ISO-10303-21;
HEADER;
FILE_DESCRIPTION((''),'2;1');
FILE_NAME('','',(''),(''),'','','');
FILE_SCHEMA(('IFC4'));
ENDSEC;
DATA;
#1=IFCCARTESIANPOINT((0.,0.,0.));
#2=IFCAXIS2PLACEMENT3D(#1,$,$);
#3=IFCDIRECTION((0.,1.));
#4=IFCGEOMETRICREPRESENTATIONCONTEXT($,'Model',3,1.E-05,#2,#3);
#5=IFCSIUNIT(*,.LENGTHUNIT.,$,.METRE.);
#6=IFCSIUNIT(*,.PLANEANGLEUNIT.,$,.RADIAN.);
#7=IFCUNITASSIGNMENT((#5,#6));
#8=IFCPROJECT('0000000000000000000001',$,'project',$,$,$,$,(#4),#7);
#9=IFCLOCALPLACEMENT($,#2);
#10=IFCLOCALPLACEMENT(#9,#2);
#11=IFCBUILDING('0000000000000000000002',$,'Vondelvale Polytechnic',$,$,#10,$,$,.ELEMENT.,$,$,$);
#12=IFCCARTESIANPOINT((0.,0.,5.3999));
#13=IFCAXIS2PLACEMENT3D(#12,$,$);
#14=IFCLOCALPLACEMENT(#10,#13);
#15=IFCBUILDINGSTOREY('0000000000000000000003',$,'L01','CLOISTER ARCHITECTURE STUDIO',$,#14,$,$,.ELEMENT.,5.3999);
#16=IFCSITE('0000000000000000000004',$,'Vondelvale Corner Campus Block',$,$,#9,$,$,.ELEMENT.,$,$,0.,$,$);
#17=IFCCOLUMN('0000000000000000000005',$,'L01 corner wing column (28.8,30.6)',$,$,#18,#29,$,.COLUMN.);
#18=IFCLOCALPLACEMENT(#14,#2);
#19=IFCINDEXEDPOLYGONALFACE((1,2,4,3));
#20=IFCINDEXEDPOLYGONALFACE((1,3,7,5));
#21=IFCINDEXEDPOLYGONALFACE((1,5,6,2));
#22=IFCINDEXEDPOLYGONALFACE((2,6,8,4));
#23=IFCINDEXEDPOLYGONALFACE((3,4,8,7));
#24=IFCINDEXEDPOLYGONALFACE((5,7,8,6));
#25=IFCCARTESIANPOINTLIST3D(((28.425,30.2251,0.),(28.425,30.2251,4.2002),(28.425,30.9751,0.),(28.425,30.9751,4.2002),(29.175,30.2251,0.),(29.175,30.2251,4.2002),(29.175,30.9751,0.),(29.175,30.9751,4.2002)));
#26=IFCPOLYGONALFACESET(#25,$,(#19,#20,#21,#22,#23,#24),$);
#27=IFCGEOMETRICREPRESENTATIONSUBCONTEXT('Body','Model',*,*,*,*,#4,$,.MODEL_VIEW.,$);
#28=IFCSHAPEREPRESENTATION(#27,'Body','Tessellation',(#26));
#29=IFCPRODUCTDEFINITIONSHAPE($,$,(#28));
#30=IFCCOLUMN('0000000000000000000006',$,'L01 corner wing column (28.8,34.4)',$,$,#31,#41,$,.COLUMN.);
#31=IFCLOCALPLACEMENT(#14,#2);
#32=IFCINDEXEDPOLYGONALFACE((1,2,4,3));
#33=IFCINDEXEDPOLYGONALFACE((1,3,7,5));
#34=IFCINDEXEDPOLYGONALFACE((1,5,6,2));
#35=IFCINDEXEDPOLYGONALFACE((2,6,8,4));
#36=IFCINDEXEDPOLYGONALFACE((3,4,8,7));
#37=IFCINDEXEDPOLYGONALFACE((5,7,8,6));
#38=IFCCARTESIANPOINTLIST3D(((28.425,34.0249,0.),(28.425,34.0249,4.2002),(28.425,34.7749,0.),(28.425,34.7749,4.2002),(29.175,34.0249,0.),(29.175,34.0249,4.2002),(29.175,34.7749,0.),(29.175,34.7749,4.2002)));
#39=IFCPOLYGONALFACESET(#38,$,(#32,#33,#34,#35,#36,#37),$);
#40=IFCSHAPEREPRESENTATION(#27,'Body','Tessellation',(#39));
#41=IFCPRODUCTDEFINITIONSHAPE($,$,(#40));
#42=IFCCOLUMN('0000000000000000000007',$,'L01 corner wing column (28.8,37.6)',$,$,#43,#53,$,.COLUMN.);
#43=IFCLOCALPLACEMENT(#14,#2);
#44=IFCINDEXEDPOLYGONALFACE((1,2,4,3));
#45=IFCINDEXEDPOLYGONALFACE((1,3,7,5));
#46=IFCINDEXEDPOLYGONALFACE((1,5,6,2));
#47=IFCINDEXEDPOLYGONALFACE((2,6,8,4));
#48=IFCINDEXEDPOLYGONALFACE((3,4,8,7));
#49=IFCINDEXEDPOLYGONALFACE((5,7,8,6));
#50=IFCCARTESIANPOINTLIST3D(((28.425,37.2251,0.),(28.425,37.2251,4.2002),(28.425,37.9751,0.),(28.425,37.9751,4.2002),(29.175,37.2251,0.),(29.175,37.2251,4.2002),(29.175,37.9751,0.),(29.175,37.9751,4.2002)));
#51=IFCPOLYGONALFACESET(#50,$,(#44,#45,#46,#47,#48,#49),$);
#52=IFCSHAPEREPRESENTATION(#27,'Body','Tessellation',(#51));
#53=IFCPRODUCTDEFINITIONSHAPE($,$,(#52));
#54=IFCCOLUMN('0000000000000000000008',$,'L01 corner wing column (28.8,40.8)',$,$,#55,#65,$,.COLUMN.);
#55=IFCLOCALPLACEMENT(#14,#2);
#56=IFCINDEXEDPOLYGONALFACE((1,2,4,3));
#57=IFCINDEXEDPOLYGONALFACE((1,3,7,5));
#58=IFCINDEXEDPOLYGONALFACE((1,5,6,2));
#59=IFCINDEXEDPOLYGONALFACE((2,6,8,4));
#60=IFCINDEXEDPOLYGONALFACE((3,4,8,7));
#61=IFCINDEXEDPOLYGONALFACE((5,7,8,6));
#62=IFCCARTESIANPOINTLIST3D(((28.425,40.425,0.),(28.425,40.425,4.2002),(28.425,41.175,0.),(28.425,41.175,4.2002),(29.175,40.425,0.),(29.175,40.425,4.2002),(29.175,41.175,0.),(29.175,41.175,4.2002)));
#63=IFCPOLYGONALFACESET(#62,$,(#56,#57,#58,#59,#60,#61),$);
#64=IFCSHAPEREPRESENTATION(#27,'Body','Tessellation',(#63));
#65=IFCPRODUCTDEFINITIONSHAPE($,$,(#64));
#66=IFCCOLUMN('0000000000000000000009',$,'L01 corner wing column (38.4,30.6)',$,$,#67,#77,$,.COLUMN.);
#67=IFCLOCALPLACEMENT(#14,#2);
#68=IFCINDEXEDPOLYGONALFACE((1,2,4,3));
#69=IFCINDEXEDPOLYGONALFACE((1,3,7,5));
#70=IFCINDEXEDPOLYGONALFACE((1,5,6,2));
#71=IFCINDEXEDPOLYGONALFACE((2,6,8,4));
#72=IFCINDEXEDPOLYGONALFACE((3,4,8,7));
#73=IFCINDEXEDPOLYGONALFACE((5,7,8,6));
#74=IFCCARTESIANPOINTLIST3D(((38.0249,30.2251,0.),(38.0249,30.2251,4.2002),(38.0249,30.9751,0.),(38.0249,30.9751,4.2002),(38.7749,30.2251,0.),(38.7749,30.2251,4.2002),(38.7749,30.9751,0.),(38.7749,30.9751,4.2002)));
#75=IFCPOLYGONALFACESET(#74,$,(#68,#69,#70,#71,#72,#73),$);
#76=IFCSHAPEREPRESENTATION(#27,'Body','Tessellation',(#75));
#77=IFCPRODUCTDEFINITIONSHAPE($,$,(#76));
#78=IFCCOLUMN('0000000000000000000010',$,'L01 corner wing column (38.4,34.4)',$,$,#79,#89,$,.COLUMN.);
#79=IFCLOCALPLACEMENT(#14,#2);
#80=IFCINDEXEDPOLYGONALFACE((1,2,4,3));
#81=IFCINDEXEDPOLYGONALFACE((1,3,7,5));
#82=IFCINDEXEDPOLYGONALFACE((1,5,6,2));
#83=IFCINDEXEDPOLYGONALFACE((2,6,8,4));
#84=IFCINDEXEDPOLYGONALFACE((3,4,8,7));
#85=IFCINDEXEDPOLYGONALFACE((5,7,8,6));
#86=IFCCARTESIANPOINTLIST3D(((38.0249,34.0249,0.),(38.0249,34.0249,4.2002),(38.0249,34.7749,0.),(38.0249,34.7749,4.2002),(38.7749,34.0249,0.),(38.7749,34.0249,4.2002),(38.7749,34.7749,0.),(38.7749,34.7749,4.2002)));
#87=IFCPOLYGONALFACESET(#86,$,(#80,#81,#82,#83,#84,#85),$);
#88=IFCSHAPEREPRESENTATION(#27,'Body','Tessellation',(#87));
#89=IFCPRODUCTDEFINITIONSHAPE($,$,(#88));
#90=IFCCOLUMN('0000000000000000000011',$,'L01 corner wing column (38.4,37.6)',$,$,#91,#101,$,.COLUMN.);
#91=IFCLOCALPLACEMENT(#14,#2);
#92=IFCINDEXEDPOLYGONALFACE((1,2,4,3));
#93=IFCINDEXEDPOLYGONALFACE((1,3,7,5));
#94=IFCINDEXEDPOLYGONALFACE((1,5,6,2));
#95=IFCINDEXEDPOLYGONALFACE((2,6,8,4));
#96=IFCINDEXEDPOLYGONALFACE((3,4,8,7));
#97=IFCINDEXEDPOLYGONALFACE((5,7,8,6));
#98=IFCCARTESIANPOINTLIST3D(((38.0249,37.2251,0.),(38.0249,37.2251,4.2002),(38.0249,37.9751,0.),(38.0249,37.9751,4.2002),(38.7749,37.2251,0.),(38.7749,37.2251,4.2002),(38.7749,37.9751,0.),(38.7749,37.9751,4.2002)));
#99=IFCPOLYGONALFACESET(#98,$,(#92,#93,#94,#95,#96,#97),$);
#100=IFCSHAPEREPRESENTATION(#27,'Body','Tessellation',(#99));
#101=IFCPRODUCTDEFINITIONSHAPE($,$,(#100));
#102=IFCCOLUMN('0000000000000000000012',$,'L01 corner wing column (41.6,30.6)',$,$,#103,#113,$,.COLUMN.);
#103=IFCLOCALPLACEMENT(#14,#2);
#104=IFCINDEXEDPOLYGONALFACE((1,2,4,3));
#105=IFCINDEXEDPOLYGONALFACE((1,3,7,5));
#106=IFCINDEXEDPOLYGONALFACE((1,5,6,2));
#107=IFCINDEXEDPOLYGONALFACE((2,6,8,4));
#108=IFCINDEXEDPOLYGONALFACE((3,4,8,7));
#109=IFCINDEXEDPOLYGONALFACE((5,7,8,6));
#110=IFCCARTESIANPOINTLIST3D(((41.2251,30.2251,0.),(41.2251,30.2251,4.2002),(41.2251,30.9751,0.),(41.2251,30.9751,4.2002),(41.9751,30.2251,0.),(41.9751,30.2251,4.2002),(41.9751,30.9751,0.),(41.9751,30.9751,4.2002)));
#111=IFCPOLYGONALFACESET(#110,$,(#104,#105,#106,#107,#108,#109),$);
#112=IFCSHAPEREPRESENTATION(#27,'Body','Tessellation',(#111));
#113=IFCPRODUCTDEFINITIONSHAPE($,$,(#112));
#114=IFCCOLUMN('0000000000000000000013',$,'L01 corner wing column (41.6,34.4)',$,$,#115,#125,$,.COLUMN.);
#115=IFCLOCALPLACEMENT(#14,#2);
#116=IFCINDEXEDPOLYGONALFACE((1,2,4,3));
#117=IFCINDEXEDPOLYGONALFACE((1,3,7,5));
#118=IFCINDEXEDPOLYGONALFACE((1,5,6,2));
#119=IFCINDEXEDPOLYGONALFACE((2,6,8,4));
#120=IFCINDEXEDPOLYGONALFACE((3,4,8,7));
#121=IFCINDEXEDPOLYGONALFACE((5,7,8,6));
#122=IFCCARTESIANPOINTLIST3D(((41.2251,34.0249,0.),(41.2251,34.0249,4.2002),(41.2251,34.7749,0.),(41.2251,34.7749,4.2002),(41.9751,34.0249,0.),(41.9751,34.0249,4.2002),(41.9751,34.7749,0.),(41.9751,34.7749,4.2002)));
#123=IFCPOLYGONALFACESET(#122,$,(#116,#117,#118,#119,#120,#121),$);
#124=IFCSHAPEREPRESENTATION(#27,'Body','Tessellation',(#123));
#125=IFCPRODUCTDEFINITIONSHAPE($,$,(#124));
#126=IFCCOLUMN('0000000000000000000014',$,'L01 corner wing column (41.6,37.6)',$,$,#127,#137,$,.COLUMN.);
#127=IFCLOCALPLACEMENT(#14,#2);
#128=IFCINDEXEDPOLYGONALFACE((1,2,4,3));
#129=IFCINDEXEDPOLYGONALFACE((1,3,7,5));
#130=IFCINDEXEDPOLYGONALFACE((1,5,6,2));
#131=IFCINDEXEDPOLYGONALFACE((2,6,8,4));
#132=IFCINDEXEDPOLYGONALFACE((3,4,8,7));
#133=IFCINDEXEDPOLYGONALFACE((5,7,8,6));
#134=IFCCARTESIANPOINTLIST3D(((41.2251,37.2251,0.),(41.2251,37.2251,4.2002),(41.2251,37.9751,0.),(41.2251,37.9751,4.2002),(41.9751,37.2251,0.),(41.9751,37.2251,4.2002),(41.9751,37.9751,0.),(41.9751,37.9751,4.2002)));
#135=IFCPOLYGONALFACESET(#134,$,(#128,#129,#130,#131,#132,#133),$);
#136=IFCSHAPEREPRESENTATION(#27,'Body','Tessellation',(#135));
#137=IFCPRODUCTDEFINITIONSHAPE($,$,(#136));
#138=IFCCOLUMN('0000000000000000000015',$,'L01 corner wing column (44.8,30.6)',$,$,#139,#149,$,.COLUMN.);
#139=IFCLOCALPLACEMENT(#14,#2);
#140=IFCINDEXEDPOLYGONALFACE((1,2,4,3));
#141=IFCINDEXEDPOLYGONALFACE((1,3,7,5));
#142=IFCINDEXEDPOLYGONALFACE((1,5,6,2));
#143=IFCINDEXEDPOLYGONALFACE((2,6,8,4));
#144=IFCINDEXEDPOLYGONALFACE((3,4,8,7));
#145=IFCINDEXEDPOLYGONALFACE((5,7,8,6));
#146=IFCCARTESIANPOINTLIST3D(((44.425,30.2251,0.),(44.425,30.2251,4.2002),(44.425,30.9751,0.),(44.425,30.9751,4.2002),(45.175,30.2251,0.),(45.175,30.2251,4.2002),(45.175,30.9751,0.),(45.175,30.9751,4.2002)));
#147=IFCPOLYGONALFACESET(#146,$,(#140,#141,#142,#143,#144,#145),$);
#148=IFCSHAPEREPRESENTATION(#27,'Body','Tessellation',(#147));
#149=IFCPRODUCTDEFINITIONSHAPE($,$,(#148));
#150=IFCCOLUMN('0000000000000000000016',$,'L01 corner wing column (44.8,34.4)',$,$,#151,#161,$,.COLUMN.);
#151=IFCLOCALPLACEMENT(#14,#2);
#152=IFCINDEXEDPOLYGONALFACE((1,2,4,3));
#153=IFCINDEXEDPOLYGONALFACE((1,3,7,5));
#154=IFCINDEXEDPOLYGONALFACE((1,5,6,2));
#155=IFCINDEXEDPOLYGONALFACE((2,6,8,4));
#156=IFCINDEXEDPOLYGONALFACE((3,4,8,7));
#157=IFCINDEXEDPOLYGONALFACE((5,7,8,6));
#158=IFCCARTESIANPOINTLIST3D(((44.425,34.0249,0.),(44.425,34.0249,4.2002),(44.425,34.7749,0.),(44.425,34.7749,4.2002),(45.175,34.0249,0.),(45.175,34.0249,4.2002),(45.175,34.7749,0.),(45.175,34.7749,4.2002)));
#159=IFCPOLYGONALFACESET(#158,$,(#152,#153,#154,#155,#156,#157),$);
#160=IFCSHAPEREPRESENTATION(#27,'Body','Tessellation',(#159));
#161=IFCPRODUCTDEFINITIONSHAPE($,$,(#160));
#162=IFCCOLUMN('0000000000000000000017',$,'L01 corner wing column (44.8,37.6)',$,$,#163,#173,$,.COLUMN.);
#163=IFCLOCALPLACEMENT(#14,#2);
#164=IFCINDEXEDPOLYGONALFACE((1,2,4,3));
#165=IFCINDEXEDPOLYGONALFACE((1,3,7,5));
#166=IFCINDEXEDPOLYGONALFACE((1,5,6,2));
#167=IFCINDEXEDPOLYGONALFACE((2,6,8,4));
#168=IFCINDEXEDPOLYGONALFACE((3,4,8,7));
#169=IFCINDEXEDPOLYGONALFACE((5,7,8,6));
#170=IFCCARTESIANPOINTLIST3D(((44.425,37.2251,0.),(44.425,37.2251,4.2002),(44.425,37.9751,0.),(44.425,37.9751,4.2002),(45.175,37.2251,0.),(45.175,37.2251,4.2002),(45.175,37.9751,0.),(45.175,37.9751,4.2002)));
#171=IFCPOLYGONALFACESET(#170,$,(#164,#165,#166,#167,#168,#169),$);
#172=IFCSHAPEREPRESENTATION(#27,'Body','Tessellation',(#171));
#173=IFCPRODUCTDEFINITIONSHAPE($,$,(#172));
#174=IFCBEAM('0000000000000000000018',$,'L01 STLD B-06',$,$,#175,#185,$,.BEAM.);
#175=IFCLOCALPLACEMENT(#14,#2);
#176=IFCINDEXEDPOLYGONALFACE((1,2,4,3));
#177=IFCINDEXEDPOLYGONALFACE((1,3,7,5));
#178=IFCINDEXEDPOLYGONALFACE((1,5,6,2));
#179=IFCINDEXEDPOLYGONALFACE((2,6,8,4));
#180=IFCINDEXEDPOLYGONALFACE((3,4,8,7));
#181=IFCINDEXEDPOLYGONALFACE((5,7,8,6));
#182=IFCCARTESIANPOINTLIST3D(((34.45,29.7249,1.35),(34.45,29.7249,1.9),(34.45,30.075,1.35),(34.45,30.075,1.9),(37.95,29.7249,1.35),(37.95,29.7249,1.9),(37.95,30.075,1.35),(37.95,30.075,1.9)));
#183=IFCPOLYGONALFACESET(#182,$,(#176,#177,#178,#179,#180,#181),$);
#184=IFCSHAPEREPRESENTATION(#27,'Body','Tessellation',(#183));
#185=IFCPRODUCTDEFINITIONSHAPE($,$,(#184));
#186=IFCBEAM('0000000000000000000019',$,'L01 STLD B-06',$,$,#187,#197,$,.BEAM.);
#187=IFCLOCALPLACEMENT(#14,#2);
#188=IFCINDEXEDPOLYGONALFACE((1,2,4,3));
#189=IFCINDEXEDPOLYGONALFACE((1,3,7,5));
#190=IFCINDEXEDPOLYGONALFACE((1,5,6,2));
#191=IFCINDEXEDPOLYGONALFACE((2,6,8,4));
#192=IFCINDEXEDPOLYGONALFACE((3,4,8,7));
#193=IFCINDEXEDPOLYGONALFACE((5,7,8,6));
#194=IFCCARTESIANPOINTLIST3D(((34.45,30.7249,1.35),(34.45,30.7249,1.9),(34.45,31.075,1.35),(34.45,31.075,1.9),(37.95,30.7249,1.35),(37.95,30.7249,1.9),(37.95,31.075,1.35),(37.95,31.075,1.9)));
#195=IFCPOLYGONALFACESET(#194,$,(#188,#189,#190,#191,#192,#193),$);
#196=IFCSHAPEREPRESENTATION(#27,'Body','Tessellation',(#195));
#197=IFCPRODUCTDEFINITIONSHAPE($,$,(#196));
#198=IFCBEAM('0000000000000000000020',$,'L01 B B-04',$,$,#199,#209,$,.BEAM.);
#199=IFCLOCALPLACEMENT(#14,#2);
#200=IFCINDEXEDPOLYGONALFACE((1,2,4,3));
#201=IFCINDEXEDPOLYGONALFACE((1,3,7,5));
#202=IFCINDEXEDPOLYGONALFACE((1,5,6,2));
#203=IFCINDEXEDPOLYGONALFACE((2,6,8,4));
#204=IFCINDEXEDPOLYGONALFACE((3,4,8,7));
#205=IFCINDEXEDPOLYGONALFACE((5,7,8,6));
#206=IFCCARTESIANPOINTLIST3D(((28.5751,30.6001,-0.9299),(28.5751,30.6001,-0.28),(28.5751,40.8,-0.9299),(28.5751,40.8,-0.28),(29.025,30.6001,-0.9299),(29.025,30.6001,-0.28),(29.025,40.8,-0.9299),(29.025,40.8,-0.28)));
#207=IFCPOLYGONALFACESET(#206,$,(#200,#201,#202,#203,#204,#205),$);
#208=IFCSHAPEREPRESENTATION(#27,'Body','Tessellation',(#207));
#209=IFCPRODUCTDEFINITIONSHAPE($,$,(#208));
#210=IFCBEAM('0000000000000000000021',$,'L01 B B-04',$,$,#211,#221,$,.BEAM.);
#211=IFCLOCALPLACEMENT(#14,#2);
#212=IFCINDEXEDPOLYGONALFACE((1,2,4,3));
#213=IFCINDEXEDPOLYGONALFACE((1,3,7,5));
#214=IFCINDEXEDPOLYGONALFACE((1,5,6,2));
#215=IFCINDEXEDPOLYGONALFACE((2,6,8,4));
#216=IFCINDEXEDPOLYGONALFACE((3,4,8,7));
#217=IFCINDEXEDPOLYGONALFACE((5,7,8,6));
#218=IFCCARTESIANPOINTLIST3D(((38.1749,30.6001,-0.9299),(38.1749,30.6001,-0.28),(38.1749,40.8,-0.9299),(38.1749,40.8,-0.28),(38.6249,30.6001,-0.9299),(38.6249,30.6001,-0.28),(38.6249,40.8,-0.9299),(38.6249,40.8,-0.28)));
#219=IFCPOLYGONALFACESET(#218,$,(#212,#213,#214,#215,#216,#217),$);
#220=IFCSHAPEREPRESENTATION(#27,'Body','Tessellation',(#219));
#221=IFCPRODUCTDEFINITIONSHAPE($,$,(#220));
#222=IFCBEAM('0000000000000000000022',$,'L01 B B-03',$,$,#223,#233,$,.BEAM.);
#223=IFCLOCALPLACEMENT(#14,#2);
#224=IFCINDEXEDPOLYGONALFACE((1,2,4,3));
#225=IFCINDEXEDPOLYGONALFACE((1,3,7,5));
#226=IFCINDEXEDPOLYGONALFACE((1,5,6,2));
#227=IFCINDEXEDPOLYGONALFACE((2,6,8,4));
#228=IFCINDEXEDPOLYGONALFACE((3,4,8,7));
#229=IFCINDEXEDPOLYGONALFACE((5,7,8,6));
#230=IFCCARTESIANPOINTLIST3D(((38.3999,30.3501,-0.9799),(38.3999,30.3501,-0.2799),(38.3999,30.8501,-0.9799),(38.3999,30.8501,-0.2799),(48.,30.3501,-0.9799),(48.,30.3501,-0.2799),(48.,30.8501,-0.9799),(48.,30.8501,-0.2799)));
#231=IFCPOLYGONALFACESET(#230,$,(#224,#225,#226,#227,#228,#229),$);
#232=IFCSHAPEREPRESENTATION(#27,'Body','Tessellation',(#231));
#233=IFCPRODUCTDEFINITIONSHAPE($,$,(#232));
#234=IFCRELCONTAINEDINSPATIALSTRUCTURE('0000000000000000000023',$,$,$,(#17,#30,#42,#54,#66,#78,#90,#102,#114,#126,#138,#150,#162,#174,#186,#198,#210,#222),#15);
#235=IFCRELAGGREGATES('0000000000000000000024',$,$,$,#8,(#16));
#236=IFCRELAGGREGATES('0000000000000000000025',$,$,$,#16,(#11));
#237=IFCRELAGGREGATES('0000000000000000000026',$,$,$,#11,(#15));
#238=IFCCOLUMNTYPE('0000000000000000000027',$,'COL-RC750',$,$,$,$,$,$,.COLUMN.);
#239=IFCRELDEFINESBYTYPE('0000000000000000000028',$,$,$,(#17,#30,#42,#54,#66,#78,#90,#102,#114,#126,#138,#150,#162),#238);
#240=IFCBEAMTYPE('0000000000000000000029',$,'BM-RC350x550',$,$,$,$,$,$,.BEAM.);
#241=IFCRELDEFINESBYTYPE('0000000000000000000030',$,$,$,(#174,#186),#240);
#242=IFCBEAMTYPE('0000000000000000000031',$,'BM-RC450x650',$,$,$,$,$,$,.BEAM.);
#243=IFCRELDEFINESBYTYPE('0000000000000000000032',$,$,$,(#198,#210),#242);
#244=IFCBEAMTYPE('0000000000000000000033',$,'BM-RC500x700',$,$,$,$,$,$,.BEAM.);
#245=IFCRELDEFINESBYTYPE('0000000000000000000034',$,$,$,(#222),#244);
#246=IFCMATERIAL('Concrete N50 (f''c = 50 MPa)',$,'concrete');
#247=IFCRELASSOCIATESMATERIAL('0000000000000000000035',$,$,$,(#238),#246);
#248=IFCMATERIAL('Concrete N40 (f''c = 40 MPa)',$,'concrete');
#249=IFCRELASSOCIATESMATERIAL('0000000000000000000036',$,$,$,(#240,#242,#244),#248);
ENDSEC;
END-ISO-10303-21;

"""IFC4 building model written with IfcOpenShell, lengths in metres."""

from ifc_helpers import new_model, si_unit, direction, frame, origin, origin_2d, place, context, subcontext, project, spatial, rectangle, extrude, material, material_profile, profile_set, type_object, element, save


model = new_model("IFC4")

# Units and contexts
model_context = context("Model", 3, precision=1e-05, world=origin(), true_north=direction((0.0, 1.0)))
body_context = subcontext(model_context, "Body", "Model", "MODEL_VIEW")
ifc_project = project(units=[si_unit("LENGTHUNIT", "METRE"), si_unit("PLANEANGLEUNIT", "RADIAN")], contexts=[model_context])

# Site, building, storey
site_placement = place(None, origin())
site = spatial("IfcSite", under=ifc_project, at=site_placement, Name="Vondelvale Corner Campus Block", CompositionType="ELEMENT", RefElevation=0.0)
building_placement = place(site_placement, origin())
building = spatial("IfcBuilding", under=site, at=building_placement, Name="Vondelvale Polytechnic", CompositionType="ELEMENT")
storey_placement = place(building_placement, frame((0.0, 0.0, 5.3999)))
storey = spatial("IfcBuildingStorey", under=building, at=storey_placement, Name="L01", Description="CLOISTER ARCHITECTURE STUDIO", CompositionType="ELEMENT", Elevation=5.3999)

# Columns
ifc_material_1 = material(Name="Concrete N50 (f'c = 50 MPa)", Category="concrete")
ifc_material_profile_1 = material_profile(ifc_material_1, rectangle(XDim=0.75, YDim=0.75, at=origin_2d()), Name="RC-COL-750x750")
ifc_profile_set_1 = profile_set([ifc_material_profile_1], Name="Concrete N50 (f'c = 50 MPa)")
column_type = type_object("IfcColumnType", Name="COL-RC750", PredefinedType="COLUMN", material=ifc_profile_set_1)
for number, where, z_axis, x_axis, name in (
    (1, (28.8, 30.6001, 0.0), (0.0, 0.0, 1.0), (1.0, 0.0, 0.0), "L01 corner wing column (28.8,30.6)"),
    (2, (28.8, 34.3999, 0.0), (0.0, 0.0, 1.0), (1.0, 0.0, 0.0), "L01 corner wing column (28.8,34.4)"),
    (3, (28.8, 37.6001, 0.0), (0.0, 0.0, 1.0), (1.0, 0.0, 0.0), "L01 corner wing column (28.8,37.6)"),
    (4, (28.8, 40.8, 0.0), (0.0, 0.0, 1.0), (1.0, 0.0, 0.0), "L01 corner wing column (28.8,40.8)"),
    (5, (38.3999, 30.6001, 0.0), (0.0, 0.0, 1.0), (1.0, 0.0, 0.0), "L01 corner wing column (38.4,30.6)"),
    (6, (38.3999, 34.3999, 0.0), (0.0, 0.0, 1.0), (1.0, 0.0, 0.0), "L01 corner wing column (38.4,34.4)"),
    (7, (38.3999, 37.6001, 0.0), (0.0, 0.0, 1.0), (1.0, 0.0, 0.0), "L01 corner wing column (38.4,37.6)"),
    (8, (41.6001, 30.6001, 0.0), (0.0, 0.0, 1.0), (1.0, 0.0, 0.0), "L01 corner wing column (41.6,30.6)"),
    (9, (41.6001, 34.3999, 0.0), (0.0, 0.0, 1.0), (1.0, 0.0, 0.0), "L01 corner wing column (41.6,34.4)"),
    (10, (41.6001, 37.6001, 0.0), (0.0, 0.0, 1.0), (1.0, 0.0, 0.0), "L01 corner wing column (41.6,37.6)"),
    (11, (44.8, 30.6001, 0.0), (0.0, 0.0, 1.0), (1.0, 0.0, 0.0), "L01 corner wing column (44.8,30.6)"),
    (12, (44.8, 34.3999, 0.0), (0.0, 0.0, 1.0), (1.0, 0.0, 0.0), "L01 corner wing column (44.8,34.4)"),
    (13, (44.8, 37.6001, 0.0), (0.0, 0.0, 1.0), (1.0, 0.0, 0.0), "L01 corner wing column (44.8,37.6)"),
):
    element("IfcColumn", number, at=place(storey_placement, frame(where, z_axis=z_axis, x_axis=x_axis)), inside=storey, type_object=column_type, Name=name, PredefinedType="COLUMN", context=body_context, shape_type="SweptSolid", body=[
        extrude(rectangle(XDim=0.75, YDim=0.75, at=origin_2d()), origin(), (0.0, 0.0, 1.0), 4.2002),
    ])

# Beams
ifc_material_2 = material(Name="Concrete N40 (f'c = 40 MPa)", Category="concrete")
ifc_material_profile_2 = material_profile(ifc_material_2, rectangle(XDim=0.3501, YDim=0.55, at=origin_2d()), Name="RC-BM-350x550")
ifc_profile_set_2 = profile_set([ifc_material_profile_2], Name="Concrete N40 (f'c = 40 MPa)")
beam_type_1 = type_object("IfcBeamType", Name="BM-RC350x550", PredefinedType="BEAM", material=ifc_profile_set_2)
for number, where, z_axis, x_axis, name in (
    (14, (37.95, 29.8999, 1.625), (-1.0, 0.0, 0.0), (0.0, -1.0, 0.0), "L01 STLD B-06"),
    (15, (37.95, 30.8999, 1.625), (-1.0, 0.0, 0.0), (0.0, -1.0, 0.0), "L01 STLD B-06"),
):
    element("IfcBeam", number, at=place(storey_placement, frame(where, z_axis=z_axis, x_axis=x_axis)), inside=storey, type_object=beam_type_1, Name=name, PredefinedType="BEAM", context=body_context, shape_type="SweptSolid", body=[
        extrude(rectangle(XDim=0.3501, YDim=0.55, at=origin_2d()), origin(), (0.0, 0.0, 1.0), 3.5),
    ])
ifc_material_profile_3 = material_profile(ifc_material_2, rectangle(XDim=0.45, YDim=0.6499, at=origin_2d()), Name="RC-BM-450x650")
ifc_profile_set_3 = profile_set([ifc_material_profile_3], Name="Concrete N40 (f'c = 40 MPa)")
beam_type_2 = type_object("IfcBeamType", Name="BM-RC450x650", PredefinedType="BEAM", material=ifc_profile_set_3)
for number, where, z_axis, x_axis, name in (
    (16, (28.8, 30.6001, -0.605), (0.0, 1.0, 0.0), (-1.0, 0.0, 0.0), "L01 B B-04"),
    (17, (38.3999, 30.6001, -0.605), (0.0, 1.0, 0.0), (-1.0, 0.0, 0.0), "L01 B B-04"),
):
    element("IfcBeam", number, at=place(storey_placement, frame(where, z_axis=z_axis, x_axis=x_axis)), inside=storey, type_object=beam_type_2, Name=name, PredefinedType="BEAM", context=body_context, shape_type="SweptSolid", body=[
        extrude(rectangle(XDim=0.45, YDim=0.6499, at=origin_2d()), origin(), (0.0, 0.0, 1.0), 10.2),
    ])
ifc_material_profile_4 = material_profile(ifc_material_2, rectangle(XDim=0.5, YDim=0.7, at=origin_2d()), Name="RC-BM-500x700")
ifc_profile_set_4 = profile_set([ifc_material_profile_4], Name="Concrete N40 (f'c = 40 MPa)")
beam_type_3 = type_object("IfcBeamType", Name="BM-RC500x700", PredefinedType="BEAM", material=ifc_profile_set_4)
beam_1_placement = place(storey_placement, frame((38.3999, 30.6001, -0.6299), z_axis=(1.0, 0.0, 0.0), x_axis=(0.0, 1.0, 0.0)))
element("IfcBeam", 18, at=beam_1_placement, inside=storey, type_object=beam_type_3, Name="L01 B B-03", PredefinedType="BEAM", context=body_context, shape_type="SweptSolid", body=[
    extrude(rectangle(XDim=0.5, YDim=0.7, at=origin_2d()), origin(), (0.0, 0.0, 1.0), 9.6001),
])

save(model, "model.ifc")
